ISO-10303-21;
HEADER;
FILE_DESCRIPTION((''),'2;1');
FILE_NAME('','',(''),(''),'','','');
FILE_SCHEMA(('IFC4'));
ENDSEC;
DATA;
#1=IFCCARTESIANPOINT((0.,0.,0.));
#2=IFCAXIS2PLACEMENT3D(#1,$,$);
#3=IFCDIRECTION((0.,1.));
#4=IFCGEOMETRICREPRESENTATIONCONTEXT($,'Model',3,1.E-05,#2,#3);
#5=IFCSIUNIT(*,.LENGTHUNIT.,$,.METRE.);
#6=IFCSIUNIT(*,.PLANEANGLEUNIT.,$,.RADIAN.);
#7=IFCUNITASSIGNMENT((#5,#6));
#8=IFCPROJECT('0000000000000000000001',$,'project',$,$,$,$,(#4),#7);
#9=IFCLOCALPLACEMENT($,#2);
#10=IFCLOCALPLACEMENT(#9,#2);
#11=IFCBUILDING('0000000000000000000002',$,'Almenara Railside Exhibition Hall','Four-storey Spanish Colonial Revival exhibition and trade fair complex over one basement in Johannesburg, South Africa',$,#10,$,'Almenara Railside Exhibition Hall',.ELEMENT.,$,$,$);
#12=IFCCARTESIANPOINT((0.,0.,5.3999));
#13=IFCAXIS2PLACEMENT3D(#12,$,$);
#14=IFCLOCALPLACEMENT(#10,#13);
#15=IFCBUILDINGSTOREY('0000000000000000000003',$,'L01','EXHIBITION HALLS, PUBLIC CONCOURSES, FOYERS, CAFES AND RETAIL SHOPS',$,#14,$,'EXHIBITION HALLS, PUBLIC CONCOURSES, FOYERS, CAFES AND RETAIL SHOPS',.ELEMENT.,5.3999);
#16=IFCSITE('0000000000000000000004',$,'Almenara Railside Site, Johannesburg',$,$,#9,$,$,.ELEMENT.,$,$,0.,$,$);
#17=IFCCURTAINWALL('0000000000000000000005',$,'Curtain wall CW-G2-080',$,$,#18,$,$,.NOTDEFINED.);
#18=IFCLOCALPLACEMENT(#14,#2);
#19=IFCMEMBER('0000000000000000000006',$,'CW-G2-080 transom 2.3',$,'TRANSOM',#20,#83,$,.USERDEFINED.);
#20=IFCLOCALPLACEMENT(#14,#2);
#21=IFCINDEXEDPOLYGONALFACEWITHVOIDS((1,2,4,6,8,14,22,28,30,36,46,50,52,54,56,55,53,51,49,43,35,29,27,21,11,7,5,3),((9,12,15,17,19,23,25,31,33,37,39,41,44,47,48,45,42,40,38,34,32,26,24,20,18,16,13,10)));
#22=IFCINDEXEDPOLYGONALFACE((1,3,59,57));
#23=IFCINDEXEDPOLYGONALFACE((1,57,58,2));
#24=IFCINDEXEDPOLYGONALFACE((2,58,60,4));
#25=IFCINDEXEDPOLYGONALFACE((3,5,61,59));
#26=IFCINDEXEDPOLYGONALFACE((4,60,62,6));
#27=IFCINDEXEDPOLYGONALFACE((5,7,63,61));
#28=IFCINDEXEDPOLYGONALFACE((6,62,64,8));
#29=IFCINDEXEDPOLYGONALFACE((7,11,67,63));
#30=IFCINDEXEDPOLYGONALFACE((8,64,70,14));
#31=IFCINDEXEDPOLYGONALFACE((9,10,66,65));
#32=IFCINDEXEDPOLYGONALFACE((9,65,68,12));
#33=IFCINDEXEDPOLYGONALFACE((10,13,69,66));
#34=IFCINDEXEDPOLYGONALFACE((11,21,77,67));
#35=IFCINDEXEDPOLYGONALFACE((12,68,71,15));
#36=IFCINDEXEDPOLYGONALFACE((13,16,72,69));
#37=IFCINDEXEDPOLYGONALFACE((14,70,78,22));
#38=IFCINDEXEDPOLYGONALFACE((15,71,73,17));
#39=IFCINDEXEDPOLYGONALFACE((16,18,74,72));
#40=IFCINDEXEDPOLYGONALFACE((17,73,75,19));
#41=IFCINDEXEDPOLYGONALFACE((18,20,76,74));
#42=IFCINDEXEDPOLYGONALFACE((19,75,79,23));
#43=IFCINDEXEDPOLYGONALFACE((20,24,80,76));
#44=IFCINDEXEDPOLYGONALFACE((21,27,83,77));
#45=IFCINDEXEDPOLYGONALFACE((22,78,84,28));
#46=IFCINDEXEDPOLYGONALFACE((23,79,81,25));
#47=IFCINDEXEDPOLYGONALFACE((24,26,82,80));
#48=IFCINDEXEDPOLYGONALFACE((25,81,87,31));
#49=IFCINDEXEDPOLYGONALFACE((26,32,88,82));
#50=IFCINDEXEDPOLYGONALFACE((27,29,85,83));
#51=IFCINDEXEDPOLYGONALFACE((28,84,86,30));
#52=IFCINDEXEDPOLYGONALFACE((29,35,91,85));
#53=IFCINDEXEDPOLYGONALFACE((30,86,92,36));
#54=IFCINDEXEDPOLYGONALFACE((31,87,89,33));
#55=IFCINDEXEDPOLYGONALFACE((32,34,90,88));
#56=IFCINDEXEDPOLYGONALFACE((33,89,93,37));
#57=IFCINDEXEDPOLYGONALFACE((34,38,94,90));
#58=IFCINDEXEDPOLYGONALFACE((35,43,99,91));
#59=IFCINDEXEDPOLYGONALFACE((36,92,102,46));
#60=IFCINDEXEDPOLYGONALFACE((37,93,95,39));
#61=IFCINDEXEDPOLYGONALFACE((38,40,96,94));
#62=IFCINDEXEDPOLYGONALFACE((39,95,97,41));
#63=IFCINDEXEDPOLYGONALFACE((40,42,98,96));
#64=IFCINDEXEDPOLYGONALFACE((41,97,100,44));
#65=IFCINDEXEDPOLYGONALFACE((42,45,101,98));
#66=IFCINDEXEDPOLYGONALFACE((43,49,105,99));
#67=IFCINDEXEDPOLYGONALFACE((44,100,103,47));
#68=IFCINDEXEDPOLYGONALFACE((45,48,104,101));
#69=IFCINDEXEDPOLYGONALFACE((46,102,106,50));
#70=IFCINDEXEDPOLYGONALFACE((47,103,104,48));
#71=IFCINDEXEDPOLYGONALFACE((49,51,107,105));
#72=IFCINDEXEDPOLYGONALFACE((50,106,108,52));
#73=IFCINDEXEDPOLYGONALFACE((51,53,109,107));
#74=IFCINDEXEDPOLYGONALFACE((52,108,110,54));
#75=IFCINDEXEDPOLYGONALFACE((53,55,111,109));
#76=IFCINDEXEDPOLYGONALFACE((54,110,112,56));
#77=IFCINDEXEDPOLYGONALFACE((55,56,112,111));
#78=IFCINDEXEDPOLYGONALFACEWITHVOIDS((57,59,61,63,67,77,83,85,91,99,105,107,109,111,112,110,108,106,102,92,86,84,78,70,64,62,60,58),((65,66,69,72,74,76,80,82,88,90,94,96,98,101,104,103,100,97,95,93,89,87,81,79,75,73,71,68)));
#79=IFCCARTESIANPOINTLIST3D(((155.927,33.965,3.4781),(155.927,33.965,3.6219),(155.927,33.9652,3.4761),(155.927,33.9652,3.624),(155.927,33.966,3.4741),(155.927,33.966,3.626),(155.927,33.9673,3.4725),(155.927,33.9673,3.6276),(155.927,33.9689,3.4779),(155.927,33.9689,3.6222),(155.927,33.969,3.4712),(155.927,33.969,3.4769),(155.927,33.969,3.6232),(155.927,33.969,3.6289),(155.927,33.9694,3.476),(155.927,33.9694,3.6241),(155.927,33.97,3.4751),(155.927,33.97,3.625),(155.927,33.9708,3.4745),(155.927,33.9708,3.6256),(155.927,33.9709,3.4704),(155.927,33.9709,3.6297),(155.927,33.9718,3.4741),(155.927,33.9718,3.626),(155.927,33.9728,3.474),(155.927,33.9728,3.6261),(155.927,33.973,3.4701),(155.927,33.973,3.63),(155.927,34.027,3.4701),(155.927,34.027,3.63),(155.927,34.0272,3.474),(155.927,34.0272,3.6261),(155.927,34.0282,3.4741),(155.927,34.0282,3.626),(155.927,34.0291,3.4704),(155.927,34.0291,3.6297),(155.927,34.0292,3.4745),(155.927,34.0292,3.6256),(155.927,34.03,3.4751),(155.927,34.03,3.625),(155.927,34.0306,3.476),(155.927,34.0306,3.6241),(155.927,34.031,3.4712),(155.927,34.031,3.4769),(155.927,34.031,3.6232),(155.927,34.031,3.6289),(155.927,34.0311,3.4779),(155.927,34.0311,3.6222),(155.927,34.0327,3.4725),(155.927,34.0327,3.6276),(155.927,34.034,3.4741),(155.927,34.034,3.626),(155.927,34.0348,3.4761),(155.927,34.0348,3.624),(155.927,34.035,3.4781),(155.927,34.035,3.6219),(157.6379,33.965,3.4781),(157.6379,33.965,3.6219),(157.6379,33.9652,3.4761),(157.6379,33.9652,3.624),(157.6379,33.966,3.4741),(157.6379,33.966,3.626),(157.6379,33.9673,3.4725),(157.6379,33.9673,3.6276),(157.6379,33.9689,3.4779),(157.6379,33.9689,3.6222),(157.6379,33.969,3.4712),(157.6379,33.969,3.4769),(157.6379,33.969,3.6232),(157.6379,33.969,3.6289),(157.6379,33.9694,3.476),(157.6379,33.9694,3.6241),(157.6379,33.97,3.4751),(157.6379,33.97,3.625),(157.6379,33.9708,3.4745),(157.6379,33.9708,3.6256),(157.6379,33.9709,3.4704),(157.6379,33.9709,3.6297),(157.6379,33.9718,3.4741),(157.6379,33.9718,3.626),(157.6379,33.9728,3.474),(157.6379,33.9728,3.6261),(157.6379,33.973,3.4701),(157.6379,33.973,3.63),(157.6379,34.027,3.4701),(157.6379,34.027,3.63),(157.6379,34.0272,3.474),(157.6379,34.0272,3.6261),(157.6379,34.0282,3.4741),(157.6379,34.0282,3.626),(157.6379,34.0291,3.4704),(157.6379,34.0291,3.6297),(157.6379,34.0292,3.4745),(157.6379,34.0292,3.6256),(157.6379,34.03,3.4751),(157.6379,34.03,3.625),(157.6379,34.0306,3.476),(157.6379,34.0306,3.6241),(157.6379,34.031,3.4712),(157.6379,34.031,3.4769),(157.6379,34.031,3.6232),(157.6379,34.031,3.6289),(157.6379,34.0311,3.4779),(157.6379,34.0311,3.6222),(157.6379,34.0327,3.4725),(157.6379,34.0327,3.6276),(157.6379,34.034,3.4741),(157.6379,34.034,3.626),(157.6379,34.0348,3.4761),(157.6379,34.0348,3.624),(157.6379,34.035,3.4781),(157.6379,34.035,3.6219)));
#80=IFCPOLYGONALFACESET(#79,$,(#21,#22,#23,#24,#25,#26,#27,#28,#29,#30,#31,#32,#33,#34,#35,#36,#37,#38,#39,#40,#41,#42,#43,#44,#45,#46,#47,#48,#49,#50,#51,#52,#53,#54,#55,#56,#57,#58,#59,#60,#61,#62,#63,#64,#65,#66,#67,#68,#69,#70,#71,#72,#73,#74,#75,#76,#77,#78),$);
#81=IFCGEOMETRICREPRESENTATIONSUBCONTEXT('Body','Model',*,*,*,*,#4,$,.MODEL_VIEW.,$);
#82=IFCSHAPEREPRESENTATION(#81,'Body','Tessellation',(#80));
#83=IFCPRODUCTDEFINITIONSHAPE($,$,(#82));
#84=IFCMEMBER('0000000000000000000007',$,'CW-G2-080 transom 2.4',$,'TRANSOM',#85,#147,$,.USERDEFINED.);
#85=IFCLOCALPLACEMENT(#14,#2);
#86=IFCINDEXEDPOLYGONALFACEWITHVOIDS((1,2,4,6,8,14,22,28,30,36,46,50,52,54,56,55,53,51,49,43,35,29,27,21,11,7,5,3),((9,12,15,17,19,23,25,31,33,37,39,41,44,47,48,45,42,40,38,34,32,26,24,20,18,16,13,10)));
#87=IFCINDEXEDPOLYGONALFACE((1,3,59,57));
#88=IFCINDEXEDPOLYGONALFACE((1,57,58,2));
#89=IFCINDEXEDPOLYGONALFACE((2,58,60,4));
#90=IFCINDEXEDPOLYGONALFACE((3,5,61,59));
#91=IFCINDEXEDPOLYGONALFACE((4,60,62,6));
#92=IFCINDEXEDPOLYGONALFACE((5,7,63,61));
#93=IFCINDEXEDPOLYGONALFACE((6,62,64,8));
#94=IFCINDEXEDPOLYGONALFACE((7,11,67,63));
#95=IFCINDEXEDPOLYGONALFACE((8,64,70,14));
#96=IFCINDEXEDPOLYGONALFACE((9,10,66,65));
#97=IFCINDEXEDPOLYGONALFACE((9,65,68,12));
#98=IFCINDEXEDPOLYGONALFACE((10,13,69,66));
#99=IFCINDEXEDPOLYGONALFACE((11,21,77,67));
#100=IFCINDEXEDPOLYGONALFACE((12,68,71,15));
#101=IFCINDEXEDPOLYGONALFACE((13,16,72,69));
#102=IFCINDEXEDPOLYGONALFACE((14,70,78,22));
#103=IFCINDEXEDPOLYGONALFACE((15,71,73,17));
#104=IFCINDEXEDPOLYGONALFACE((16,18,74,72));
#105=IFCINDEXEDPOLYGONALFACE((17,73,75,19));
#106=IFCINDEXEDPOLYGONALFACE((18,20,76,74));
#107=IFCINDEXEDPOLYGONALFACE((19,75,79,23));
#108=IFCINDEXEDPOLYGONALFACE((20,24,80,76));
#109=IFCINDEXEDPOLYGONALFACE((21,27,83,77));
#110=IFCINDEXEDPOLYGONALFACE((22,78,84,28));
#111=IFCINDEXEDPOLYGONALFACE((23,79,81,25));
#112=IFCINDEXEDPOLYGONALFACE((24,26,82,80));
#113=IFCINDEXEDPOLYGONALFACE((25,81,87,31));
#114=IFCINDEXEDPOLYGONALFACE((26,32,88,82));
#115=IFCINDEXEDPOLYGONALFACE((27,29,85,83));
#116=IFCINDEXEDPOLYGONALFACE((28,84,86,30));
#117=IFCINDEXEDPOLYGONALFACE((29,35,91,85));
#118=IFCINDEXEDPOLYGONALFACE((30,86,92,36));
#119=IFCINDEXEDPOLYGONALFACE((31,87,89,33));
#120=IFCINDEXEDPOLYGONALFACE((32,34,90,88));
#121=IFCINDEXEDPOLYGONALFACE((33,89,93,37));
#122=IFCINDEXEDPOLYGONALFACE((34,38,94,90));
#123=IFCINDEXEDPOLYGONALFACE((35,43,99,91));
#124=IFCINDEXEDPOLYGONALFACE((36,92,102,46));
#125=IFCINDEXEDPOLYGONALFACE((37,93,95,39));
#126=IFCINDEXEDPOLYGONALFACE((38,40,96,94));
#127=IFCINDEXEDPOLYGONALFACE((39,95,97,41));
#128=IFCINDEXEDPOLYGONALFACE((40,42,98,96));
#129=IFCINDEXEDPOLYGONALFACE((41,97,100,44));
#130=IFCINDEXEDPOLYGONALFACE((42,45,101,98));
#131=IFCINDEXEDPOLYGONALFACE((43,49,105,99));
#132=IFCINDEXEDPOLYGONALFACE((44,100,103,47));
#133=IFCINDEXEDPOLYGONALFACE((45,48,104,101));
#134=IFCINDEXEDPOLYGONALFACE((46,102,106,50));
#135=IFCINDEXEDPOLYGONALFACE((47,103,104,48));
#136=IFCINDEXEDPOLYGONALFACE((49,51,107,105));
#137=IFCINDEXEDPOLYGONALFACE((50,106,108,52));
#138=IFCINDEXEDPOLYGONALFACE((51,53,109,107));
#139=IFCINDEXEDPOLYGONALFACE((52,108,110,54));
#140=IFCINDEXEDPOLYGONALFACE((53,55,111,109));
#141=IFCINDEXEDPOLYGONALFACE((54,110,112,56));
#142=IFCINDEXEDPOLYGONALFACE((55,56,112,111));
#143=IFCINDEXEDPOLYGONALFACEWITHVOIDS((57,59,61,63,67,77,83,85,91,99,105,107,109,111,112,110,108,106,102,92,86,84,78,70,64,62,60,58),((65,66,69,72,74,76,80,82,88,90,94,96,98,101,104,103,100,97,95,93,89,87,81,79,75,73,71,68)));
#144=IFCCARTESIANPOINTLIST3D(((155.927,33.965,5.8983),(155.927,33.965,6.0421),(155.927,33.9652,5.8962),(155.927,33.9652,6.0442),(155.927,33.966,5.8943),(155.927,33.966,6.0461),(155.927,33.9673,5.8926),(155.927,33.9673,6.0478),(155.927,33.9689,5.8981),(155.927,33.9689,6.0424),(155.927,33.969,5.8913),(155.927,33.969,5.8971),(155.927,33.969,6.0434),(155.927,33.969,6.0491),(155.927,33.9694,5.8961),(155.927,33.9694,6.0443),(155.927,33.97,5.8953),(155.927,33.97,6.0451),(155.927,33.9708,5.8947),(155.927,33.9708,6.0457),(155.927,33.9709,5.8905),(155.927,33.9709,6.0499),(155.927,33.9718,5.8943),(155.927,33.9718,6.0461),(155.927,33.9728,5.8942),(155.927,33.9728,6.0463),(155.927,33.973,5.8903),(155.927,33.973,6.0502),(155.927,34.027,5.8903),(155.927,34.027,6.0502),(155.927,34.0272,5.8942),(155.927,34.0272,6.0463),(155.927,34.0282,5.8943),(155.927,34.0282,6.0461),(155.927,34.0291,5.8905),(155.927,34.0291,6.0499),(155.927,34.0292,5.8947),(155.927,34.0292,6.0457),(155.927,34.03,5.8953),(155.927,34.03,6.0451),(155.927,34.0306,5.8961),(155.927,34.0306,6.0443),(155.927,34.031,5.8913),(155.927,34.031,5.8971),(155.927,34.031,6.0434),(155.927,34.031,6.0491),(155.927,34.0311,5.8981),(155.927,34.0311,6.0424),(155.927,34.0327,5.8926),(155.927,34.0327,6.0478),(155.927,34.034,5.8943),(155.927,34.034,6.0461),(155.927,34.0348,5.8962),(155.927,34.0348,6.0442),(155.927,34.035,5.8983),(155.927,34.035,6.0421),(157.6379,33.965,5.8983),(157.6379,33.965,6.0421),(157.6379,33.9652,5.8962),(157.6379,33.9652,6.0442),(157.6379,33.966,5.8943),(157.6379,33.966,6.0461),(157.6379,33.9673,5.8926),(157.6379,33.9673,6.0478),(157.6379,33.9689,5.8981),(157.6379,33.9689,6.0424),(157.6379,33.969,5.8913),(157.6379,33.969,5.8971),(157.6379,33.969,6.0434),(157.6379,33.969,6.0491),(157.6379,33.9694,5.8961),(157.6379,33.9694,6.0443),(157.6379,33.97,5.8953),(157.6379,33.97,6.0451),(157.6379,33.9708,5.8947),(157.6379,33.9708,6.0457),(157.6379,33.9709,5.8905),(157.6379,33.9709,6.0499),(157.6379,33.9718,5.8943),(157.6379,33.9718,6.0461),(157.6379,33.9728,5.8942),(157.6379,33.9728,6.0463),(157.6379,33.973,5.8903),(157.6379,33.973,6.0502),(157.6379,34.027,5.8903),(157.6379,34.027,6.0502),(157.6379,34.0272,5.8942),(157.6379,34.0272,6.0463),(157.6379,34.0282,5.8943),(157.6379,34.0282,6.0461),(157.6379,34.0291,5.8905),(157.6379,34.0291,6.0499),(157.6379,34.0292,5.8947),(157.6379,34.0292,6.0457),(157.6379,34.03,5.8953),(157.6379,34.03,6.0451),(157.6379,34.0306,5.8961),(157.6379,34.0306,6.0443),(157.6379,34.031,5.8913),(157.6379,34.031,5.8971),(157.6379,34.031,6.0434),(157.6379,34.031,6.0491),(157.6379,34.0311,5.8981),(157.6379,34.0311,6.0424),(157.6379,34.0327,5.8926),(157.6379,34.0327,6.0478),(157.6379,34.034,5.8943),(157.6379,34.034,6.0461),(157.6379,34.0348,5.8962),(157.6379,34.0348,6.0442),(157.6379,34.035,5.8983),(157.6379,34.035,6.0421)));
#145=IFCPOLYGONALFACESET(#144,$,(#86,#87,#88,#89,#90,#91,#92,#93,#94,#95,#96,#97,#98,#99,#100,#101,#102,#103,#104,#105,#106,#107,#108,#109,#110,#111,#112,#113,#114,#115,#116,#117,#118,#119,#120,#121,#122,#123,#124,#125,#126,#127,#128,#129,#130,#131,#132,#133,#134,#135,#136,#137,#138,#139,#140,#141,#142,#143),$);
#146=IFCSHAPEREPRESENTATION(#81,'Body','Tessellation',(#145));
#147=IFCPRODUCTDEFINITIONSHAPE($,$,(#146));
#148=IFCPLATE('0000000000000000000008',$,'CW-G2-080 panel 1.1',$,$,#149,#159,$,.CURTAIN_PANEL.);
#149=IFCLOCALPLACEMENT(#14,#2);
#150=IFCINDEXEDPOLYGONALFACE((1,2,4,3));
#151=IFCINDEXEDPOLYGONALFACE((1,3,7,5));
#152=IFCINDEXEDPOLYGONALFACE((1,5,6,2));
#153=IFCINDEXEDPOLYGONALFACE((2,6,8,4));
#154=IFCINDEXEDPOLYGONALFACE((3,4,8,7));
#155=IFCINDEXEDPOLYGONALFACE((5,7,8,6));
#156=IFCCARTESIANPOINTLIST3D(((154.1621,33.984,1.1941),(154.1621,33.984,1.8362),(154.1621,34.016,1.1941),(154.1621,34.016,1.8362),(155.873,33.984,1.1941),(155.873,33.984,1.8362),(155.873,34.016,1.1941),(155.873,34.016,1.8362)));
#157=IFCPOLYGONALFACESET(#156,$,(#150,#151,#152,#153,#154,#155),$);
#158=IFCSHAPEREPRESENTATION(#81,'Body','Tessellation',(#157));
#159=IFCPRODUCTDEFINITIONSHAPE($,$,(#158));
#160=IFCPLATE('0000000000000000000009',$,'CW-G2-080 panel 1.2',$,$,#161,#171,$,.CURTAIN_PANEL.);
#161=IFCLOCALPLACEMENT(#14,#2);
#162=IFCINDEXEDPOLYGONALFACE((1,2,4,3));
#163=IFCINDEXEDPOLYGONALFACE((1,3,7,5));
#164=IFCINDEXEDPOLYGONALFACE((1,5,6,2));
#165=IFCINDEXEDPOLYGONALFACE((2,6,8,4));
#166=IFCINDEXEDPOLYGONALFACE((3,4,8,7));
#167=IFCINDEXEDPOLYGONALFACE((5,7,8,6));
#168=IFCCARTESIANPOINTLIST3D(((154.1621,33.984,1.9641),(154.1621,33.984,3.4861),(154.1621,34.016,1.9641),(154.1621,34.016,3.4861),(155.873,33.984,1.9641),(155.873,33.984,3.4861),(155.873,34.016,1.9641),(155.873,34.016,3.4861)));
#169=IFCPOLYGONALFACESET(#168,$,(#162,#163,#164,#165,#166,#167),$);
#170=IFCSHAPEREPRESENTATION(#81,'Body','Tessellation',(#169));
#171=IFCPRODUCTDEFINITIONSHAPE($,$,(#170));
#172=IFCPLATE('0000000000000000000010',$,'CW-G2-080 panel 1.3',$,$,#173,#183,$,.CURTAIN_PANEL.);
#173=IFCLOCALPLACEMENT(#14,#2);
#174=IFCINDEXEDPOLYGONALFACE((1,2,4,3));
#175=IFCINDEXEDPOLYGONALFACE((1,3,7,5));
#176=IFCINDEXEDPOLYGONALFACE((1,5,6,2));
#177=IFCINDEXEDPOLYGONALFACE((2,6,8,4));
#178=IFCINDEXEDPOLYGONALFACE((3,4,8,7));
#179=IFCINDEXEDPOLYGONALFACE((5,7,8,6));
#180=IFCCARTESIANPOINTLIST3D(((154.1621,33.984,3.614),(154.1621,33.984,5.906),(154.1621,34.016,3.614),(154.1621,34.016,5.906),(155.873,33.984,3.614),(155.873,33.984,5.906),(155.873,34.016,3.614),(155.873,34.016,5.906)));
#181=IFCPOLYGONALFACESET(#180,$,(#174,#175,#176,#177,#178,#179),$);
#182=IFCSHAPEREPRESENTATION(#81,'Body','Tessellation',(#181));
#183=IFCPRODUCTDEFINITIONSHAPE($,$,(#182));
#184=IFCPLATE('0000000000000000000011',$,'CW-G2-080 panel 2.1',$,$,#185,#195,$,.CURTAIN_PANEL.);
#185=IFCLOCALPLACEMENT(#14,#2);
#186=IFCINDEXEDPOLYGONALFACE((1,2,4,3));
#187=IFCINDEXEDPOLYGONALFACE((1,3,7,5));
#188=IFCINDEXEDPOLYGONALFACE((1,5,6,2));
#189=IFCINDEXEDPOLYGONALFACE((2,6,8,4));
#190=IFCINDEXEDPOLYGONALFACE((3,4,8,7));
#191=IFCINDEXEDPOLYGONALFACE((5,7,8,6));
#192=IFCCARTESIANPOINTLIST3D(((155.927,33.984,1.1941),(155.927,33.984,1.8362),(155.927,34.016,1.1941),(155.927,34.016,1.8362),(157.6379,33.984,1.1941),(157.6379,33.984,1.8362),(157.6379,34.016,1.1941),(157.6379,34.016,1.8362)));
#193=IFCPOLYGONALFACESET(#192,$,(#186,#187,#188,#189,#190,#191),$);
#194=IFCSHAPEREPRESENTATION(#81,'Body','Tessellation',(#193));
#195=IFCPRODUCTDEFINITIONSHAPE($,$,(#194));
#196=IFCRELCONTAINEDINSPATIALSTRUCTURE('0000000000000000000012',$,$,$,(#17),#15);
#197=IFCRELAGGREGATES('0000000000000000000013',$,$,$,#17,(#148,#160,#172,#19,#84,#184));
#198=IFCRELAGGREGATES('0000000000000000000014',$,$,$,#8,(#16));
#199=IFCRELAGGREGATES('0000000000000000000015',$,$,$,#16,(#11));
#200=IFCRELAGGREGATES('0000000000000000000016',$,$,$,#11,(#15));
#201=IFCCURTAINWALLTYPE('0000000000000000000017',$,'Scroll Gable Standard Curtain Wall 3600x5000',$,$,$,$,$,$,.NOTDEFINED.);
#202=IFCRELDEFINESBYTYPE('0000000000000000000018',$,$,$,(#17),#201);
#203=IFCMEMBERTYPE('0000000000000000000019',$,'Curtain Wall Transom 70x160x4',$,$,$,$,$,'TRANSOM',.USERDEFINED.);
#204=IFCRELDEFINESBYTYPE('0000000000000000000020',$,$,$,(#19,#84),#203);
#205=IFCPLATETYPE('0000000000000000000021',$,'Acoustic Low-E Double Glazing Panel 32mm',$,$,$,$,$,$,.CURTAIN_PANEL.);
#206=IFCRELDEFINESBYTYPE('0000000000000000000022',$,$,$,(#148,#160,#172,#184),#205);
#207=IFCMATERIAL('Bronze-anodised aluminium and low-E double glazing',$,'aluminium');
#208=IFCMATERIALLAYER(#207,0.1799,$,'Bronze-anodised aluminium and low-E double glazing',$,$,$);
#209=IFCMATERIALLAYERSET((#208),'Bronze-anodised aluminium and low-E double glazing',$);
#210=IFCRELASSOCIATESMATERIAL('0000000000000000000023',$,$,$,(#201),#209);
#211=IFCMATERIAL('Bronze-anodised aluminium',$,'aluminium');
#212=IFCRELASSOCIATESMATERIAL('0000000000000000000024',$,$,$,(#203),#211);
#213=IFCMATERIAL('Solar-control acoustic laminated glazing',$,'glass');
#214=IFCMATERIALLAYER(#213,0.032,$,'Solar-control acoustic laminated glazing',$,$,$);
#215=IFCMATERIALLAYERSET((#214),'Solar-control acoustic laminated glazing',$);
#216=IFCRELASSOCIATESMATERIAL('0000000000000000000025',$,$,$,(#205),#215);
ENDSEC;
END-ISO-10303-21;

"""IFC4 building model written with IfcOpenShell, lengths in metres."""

from ifc_helpers import new_model, si_unit, direction, frame, origin, origin_2d, place, context, subcontext, project, spatial, rectangle, hollow_rectangle, extrude, material, layer, layer_set, material_profile, profile_set, type_object, element, aggregate, save


model = new_model("IFC4")

# Units and contexts
model_context = context("Model", 3, precision=1e-05, world=origin(), true_north=direction((0.0, 1.0)))
body_context = subcontext(model_context, "Body", "Model", "MODEL_VIEW")
ifc_project = project(units=[si_unit("LENGTHUNIT", "METRE"), si_unit("PLANEANGLEUNIT", "RADIAN")], contexts=[model_context])

# Site, building, storey
site_placement = place(None, origin())
site = spatial("IfcSite", under=ifc_project, at=site_placement, Name="Almenara Railside Site, Johannesburg", CompositionType="ELEMENT", RefElevation=0.0)
building_placement = place(site_placement, origin())
building = spatial("IfcBuilding", under=site, at=building_placement, Name="Almenara Railside Exhibition Hall", Description="Four-storey Spanish Colonial Revival exhibition and trade fair complex over one basement in Johannesburg, South Africa", LongName="Almenara Railside Exhibition Hall", CompositionType="ELEMENT")
storey_placement = place(building_placement, frame((0.0, 0.0, 5.3999)))
storey = spatial("IfcBuildingStorey", under=building, at=storey_placement, Name="L01", Description="EXHIBITION HALLS, PUBLIC CONCOURSES, FOYERS, CAFES AND RETAIL SHOPS", LongName="EXHIBITION HALLS, PUBLIC CONCOURSES, FOYERS, CAFES AND RETAIL SHOPS", CompositionType="ELEMENT", Elevation=5.3999)

# Curtain wall
ifc_material_1 = material(Name="Bronze-anodised aluminium and low-E double glazing", Category="aluminium")
ifc_material_2 = material(Name="Bronze-anodised aluminium", Category="aluminium")
ifc_layer_1 = layer(ifc_material_1, 0.1799, Name="Bronze-anodised aluminium and low-E double glazing")
ifc_layer_set_1 = layer_set([ifc_layer_1], Name="Bronze-anodised aluminium and low-E double glazing")
curtain_wall_type_1 = type_object("IfcCurtainWallType", Name="Scroll Gable Standard Curtain Wall 3600x5000", PredefinedType="NOTDEFINED", material=ifc_layer_set_1)
curtain_wall_1_placement = place(storey_placement, origin())
curtain_wall_1 = element("IfcCurtainWall", 1, at=curtain_wall_1_placement, inside=storey, type_object=curtain_wall_type_1, Name="Curtain wall CW-G2-080", PredefinedType="NOTDEFINED")

# Members
ifc_material_profile_1 = material_profile(ifc_material_2, hollow_rectangle(XDim=0.0701, YDim=0.1599, WallThickness=0.0039, InnerFilletRadius=0.0039, OuterFilletRadius=0.0081, at=origin_2d()), Name="ALU-TRN 70x160x4")
ifc_profile_set_1 = profile_set([ifc_material_profile_1], Name="Bronze-anodised aluminium")
member_type_1 = type_object("IfcMemberType", Name="Curtain Wall Transom 70x160x4", ElementType="TRANSOM", PredefinedType="USERDEFINED", material=ifc_profile_set_1)
member_1_placement = place(storey_placement, frame((155.927, 34.0, 3.55), z_axis=(1.0, 0.0, 0.0), x_axis=(0.0, 1.0, 0.0)))
member_1 = element("IfcMember", 2, at=member_1_placement, type_object=member_type_1, Name="CW-G2-080 transom 2.3", ObjectType="TRANSOM", PredefinedType="USERDEFINED", context=body_context, shape_type="SweptSolid", body=[
    extrude(hollow_rectangle(XDim=0.0701, YDim=0.1599, WallThickness=0.0039, InnerFilletRadius=0.0039, OuterFilletRadius=0.0081, at=origin_2d()), origin(), (0.0, 0.0, 1.0), 1.7109),
])
member_2_placement = place(storey_placement, frame((155.927, 34.0, 5.9702), z_axis=(1.0, 0.0, 0.0), x_axis=(0.0, 1.0, 0.0)))
member_2 = element("IfcMember", 3, at=member_2_placement, type_object=member_type_1, Name="CW-G2-080 transom 2.4", ObjectType="TRANSOM", PredefinedType="USERDEFINED", context=body_context, shape_type="SweptSolid", body=[
    extrude(hollow_rectangle(XDim=0.0701, YDim=0.1599, WallThickness=0.0039, InnerFilletRadius=0.0039, OuterFilletRadius=0.0081, at=origin_2d()), origin(), (0.0, 0.0, 1.0), 1.7109),
])

# Plates
ifc_material_3 = material(Name="Solar-control acoustic laminated glazing", Category="glass")
ifc_layer_2 = layer(ifc_material_3, 0.032, Name="Solar-control acoustic laminated glazing")
ifc_layer_set_2 = layer_set([ifc_layer_2], Name="Solar-control acoustic laminated glazing")
plate_type_1 = type_object("IfcPlateType", Name="Acoustic Low-E Double Glazing Panel 32mm", PredefinedType="CURTAIN_PANEL", material=ifc_layer_set_2)
plate_1_placement = place(storey_placement, frame((155.0176, 34.0, 1.1941), z_axis=(0.0, 0.0, 1.0), x_axis=(1.0, 0.0, 0.0)))
plate_1 = element("IfcPlate", 4, at=plate_1_placement, type_object=plate_type_1, Name="CW-G2-080 panel 1.1", PredefinedType="CURTAIN_PANEL", context=body_context, shape_type="SweptSolid", body=[
    extrude(rectangle(XDim=1.7109, YDim=0.032, at=origin_2d()), origin(), (0.0, 0.0, 1.0), 0.6421),
])
plate_2_placement = place(storey_placement, frame((155.0176, 34.0, 1.9641), z_axis=(0.0, 0.0, 1.0), x_axis=(1.0, 0.0, 0.0)))
plate_2 = element("IfcPlate", 5, at=plate_2_placement, type_object=plate_type_1, Name="CW-G2-080 panel 1.2", PredefinedType="CURTAIN_PANEL", context=body_context, shape_type="SweptSolid", body=[
    extrude(rectangle(XDim=1.7109, YDim=0.032, at=origin_2d()), origin(), (0.0, 0.0, 1.0), 1.522),
])
plate_3_placement = place(storey_placement, frame((155.0176, 34.0, 3.614), z_axis=(0.0, 0.0, 1.0), x_axis=(1.0, 0.0, 0.0)))
plate_3 = element("IfcPlate", 6, at=plate_3_placement, type_object=plate_type_1, Name="CW-G2-080 panel 1.3", PredefinedType="CURTAIN_PANEL", context=body_context, shape_type="SweptSolid", body=[
    extrude(rectangle(XDim=1.7109, YDim=0.032, at=origin_2d()), origin(), (0.0, 0.0, 1.0), 2.292),
])
plate_4_placement = place(storey_placement, frame((156.7825, 34.0, 1.1941), z_axis=(0.0, 0.0, 1.0), x_axis=(1.0, 0.0, 0.0)))
plate_4 = element("IfcPlate", 7, at=plate_4_placement, type_object=plate_type_1, Name="CW-G2-080 panel 2.1", PredefinedType="CURTAIN_PANEL", context=body_context, shape_type="SweptSolid", body=[
    extrude(rectangle(XDim=1.7109, YDim=0.032, at=origin_2d()), origin(), (0.0, 0.0, 1.0), 0.6421),
])
aggregate(curtain_wall_1, [plate_1, plate_2, plate_3, member_1, member_2, plate_4])

save(model, "model.ifc")
